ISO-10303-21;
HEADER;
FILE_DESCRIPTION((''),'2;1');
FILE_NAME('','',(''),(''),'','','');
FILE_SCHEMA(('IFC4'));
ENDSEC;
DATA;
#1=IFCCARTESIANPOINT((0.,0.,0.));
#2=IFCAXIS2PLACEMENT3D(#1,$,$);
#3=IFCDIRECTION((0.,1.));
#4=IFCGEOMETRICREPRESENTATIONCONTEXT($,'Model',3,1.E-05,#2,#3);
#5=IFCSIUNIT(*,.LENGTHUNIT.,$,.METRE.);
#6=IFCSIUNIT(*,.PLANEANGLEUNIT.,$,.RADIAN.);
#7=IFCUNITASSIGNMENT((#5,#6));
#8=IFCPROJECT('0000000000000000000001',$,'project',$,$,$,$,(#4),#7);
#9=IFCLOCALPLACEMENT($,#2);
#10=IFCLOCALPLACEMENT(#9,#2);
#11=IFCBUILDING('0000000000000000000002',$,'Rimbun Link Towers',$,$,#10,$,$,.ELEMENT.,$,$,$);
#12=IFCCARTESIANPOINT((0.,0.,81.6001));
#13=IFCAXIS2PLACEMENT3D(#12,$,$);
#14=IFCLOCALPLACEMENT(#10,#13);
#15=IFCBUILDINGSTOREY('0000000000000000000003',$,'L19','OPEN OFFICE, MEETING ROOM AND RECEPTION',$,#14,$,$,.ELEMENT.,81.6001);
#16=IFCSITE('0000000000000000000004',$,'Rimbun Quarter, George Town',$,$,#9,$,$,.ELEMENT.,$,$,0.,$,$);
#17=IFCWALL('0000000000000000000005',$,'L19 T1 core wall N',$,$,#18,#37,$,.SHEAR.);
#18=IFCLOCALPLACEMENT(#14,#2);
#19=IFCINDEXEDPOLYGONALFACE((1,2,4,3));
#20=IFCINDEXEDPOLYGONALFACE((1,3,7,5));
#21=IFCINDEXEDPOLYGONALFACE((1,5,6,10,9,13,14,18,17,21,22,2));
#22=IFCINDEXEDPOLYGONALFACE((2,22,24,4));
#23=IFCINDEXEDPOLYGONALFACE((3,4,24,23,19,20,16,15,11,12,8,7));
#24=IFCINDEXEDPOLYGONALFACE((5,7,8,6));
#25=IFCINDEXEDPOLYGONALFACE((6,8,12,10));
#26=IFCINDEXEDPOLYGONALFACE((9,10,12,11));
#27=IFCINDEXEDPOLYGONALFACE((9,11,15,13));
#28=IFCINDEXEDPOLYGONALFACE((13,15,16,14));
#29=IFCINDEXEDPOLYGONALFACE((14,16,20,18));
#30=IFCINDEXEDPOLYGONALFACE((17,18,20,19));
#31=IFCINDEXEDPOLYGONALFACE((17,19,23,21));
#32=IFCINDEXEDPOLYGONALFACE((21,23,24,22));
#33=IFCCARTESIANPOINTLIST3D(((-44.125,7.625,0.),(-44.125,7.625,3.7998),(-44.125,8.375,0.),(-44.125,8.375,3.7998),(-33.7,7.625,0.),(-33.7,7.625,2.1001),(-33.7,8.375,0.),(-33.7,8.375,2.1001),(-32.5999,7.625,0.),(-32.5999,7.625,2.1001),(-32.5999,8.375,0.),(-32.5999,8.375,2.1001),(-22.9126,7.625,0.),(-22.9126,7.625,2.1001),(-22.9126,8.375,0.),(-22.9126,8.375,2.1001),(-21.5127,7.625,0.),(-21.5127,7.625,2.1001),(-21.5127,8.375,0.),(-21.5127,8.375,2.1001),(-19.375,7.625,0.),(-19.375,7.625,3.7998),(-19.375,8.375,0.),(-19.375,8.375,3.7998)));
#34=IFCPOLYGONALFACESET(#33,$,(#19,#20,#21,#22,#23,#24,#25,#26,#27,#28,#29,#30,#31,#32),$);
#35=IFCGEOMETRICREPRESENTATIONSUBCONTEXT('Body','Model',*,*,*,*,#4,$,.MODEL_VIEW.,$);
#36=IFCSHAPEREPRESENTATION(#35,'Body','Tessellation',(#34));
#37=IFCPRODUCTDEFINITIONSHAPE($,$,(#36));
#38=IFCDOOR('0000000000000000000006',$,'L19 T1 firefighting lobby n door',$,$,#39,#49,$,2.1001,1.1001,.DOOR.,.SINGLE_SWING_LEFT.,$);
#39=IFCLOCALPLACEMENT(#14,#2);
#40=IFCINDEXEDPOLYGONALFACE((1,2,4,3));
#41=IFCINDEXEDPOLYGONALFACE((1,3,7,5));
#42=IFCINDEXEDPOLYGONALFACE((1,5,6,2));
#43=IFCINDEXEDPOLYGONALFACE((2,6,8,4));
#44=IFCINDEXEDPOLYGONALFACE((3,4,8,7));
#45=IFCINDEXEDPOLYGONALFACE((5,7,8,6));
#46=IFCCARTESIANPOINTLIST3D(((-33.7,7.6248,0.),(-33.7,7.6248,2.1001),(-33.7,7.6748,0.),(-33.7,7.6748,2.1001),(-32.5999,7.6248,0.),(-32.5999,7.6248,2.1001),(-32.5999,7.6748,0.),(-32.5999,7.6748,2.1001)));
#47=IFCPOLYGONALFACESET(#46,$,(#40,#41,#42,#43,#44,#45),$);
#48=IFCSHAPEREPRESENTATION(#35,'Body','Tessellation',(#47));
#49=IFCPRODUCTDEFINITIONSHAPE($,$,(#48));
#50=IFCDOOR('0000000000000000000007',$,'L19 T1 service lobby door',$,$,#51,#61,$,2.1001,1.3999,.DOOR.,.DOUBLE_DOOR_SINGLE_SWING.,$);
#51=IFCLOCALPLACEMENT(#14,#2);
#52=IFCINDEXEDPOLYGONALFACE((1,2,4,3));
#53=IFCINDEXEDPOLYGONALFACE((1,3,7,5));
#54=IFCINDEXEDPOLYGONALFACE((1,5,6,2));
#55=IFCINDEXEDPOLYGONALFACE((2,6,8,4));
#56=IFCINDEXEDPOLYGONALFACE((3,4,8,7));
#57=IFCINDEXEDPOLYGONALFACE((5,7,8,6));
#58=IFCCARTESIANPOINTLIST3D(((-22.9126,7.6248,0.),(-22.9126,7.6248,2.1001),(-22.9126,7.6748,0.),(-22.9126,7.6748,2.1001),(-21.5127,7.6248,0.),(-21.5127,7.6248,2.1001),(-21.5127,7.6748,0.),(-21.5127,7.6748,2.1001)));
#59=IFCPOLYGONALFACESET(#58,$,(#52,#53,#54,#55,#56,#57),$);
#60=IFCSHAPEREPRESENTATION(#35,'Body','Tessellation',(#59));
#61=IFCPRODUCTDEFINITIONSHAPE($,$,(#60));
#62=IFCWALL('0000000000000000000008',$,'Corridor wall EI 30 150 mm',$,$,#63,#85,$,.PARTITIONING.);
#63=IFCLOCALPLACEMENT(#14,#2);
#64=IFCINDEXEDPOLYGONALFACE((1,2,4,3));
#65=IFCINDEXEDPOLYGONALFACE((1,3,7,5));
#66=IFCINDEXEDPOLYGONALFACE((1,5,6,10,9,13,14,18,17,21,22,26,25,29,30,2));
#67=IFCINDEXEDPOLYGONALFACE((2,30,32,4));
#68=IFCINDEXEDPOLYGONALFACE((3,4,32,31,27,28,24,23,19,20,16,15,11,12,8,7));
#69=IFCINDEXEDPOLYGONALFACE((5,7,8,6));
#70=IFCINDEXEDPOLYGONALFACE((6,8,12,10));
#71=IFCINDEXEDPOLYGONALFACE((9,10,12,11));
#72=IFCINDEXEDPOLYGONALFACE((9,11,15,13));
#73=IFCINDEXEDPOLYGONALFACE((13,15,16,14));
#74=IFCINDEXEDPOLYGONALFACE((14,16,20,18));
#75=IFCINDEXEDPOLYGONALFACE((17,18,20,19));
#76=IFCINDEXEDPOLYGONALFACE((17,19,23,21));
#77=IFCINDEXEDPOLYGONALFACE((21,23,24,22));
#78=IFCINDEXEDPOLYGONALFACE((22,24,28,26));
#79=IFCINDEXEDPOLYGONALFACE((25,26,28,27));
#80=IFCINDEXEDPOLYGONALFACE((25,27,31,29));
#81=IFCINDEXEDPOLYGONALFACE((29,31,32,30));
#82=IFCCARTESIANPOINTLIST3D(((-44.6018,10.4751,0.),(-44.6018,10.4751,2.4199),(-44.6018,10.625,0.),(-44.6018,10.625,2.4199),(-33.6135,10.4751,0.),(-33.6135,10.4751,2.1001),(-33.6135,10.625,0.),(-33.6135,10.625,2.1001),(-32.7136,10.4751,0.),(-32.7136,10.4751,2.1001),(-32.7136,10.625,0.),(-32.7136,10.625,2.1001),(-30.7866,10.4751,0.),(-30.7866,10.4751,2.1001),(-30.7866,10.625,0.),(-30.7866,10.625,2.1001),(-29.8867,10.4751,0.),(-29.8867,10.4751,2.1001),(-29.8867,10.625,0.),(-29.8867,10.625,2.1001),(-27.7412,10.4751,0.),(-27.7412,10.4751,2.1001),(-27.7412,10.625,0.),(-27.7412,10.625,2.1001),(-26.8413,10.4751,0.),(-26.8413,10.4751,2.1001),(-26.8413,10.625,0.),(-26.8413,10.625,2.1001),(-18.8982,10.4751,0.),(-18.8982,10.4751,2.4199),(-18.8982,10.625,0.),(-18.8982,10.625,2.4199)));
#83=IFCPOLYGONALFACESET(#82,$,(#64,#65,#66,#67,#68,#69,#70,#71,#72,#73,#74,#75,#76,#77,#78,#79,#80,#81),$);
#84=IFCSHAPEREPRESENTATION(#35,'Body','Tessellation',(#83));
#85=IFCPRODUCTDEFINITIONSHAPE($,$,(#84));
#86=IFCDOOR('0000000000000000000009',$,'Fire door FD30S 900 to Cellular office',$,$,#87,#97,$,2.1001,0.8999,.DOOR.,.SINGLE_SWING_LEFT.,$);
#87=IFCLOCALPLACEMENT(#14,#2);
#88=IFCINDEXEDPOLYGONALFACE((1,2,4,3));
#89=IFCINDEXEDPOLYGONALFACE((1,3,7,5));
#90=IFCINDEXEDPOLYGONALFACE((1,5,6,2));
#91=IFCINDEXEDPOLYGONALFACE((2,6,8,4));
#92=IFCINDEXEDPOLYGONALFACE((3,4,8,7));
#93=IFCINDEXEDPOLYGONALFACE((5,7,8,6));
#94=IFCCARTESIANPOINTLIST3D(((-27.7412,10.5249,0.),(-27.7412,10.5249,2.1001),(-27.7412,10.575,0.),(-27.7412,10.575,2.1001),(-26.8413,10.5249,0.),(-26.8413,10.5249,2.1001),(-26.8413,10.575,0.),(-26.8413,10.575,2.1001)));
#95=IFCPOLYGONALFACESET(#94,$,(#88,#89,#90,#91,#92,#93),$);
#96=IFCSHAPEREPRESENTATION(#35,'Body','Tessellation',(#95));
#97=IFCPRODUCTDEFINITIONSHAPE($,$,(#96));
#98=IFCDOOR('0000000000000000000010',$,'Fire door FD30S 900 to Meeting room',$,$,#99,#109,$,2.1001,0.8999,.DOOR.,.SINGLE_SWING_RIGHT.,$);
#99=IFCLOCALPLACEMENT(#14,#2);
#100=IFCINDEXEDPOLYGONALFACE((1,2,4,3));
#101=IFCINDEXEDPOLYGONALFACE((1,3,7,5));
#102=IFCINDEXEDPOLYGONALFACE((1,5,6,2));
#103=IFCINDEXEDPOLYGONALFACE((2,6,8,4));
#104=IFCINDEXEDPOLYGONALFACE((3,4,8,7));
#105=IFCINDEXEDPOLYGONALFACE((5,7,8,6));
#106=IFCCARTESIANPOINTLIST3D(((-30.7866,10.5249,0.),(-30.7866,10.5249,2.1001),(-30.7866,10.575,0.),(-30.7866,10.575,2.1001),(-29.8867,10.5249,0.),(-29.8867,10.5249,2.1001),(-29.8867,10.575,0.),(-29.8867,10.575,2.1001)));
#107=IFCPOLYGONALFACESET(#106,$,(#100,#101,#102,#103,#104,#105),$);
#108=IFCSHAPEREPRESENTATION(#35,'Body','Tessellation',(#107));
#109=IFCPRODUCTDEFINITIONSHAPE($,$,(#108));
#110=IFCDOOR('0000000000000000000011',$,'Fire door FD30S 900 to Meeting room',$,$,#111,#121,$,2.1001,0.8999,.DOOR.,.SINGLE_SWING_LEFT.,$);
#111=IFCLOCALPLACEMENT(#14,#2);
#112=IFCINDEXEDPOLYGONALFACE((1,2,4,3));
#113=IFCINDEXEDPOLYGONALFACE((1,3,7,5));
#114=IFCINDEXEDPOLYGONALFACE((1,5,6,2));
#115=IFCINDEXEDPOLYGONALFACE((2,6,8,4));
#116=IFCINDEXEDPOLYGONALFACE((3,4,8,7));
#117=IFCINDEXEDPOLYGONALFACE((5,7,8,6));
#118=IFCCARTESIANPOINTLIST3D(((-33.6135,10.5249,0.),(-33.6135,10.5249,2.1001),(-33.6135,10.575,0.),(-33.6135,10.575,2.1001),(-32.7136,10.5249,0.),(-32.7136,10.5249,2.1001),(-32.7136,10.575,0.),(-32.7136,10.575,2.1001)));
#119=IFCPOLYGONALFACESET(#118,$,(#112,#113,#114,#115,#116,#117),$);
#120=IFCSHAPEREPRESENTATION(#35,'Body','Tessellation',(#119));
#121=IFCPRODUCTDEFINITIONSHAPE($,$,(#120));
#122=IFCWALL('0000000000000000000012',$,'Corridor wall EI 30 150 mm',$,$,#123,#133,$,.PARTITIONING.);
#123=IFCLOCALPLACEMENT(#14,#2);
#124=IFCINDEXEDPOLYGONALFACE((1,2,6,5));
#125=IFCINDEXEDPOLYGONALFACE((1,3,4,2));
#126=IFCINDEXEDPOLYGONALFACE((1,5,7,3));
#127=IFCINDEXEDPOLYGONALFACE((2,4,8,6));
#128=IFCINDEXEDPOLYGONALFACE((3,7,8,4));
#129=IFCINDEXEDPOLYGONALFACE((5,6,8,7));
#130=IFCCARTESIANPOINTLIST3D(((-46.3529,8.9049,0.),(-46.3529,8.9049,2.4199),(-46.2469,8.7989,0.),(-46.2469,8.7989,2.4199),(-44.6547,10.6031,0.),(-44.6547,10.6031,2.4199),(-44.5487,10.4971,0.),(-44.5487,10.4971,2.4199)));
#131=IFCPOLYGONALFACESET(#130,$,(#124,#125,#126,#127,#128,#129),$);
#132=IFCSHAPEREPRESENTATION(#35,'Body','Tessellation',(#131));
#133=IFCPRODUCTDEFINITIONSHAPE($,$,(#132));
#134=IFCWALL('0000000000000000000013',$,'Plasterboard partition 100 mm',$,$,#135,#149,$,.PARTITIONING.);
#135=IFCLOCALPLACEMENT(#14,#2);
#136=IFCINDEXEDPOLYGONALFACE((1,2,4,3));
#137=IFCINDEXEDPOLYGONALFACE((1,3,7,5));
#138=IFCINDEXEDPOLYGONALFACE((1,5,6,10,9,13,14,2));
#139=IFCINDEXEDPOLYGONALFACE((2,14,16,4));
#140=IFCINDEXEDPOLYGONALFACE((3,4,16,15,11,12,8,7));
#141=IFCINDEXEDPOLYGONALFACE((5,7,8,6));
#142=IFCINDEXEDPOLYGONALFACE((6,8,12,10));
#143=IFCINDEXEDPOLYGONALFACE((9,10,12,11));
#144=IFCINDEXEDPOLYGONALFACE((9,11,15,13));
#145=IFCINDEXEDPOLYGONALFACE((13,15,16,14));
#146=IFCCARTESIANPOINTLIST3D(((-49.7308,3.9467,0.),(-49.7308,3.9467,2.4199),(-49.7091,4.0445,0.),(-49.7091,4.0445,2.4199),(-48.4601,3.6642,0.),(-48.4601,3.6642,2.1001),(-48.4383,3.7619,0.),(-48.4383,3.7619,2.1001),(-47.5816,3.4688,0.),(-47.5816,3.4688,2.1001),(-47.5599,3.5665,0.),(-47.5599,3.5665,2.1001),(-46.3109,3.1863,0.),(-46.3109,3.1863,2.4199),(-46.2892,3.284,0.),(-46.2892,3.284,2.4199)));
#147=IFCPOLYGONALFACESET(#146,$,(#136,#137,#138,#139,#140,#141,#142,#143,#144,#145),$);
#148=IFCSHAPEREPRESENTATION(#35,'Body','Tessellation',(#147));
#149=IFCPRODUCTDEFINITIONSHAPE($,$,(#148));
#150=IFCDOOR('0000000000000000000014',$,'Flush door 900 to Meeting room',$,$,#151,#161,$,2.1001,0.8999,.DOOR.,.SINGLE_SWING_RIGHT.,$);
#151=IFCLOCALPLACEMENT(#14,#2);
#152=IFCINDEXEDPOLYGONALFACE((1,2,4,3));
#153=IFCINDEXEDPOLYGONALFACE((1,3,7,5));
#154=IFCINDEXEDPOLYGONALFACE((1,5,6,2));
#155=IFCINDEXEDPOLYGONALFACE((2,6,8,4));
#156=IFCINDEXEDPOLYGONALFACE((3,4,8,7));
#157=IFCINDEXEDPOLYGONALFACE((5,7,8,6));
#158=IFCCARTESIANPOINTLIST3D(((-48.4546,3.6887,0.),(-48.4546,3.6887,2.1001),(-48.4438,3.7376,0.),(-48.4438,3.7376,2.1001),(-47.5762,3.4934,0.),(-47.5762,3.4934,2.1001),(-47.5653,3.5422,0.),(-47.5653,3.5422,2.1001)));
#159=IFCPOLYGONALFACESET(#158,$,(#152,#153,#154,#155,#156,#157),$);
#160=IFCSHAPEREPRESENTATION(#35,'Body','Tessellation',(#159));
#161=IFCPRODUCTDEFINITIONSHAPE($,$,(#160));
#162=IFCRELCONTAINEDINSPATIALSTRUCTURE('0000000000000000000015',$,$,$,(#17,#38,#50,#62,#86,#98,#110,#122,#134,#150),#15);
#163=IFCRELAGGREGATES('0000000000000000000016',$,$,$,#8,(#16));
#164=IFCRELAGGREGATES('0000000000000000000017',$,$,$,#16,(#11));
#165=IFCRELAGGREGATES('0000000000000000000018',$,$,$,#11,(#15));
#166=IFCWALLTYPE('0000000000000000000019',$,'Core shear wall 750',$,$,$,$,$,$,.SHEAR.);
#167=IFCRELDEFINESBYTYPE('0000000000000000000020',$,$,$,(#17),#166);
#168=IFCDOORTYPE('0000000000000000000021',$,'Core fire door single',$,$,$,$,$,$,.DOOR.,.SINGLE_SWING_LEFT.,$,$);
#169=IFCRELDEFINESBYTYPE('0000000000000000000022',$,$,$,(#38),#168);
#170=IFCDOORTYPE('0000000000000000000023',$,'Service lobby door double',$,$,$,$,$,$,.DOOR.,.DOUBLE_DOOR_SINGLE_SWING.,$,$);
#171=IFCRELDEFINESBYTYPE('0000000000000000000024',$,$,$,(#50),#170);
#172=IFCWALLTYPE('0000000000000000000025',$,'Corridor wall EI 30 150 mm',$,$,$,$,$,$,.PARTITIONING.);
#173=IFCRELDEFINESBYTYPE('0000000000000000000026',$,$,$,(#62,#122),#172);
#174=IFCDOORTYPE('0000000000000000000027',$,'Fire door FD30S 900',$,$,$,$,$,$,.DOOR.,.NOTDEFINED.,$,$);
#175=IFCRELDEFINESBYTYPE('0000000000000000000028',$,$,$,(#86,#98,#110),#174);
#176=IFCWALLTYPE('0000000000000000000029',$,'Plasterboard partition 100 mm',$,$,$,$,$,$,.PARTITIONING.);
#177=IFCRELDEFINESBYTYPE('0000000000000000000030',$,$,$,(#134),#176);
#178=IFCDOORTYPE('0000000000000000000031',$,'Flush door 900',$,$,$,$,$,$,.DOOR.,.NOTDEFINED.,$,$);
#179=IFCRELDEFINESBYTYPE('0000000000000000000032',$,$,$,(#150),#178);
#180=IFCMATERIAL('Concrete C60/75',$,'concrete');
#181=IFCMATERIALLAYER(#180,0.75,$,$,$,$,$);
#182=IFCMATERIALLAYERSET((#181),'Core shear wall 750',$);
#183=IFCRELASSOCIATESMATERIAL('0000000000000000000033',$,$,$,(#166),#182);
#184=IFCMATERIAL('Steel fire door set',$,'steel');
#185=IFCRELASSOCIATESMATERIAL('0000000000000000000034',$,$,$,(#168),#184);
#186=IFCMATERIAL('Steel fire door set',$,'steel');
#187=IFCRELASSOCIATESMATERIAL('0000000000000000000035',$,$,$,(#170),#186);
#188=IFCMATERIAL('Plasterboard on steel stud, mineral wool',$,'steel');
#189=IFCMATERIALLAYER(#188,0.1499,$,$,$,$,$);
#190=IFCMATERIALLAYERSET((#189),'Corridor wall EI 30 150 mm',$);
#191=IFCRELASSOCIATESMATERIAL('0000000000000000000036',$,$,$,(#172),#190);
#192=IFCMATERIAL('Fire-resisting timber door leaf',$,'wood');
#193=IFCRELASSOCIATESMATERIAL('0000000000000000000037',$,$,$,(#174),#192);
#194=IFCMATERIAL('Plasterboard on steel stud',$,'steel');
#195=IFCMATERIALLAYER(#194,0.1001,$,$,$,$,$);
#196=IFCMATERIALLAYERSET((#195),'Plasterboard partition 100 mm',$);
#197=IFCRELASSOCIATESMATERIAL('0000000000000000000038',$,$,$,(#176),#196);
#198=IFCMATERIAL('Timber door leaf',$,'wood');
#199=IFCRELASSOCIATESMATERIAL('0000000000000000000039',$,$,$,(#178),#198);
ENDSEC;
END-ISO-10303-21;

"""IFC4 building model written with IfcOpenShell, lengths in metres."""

from ifc_helpers import new_model, si_unit, direction, frame, frame_2d, origin, place, context, subcontext, project, spatial, rectangle, extrude, material, layer, layer_set, type_object, element, fill, save


model = new_model("IFC4")

# Units and contexts
model_context = context("Model", 3, precision=1e-05, world=origin(), true_north=direction((0.0, 1.0)))
body_context = subcontext(model_context, "Body", "Model", "MODEL_VIEW")
ifc_project = project(units=[si_unit("LENGTHUNIT", "METRE"), si_unit("PLANEANGLEUNIT", "RADIAN")], contexts=[model_context])

# Site, building, storey
site_placement = place(None, origin())
site = spatial("IfcSite", under=ifc_project, at=site_placement, Name="Rimbun Quarter, George Town", CompositionType="ELEMENT", RefElevation=0.0)
building_placement = place(site_placement, origin())
building = spatial("IfcBuilding", under=site, at=building_placement, Name="Rimbun Link Towers", CompositionType="ELEMENT")
storey_placement = place(building_placement, frame((0.0, 0.0, 81.6001)))
storey = spatial("IfcBuildingStorey", under=building, at=storey_placement, Name="L19", Description="OPEN OFFICE, MEETING ROOM AND RECEPTION", CompositionType="ELEMENT", Elevation=81.6001)

# Walls, openings, doors
ifc_material_1 = material(Name="Concrete C60/75", Category="concrete")
ifc_layer_1 = layer(ifc_material_1, 0.75)
ifc_layer_set_1 = layer_set([ifc_layer_1], Name="Core shear wall 750")
wall_type_1 = type_object("IfcWallType", Name="Core shear wall 750", PredefinedType="SHEAR", material=ifc_layer_set_1)
wall_1_placement = place(storey_placement, frame((-44.125, 8.0, 0.0), z_axis=(0.0, 0.0, 1.0), x_axis=(1.0, 0.0, 0.0)))
wall_1 = element("IfcWall", 1, at=wall_1_placement, inside=storey, type_object=wall_type_1, Name="L19 T1 core wall N", PredefinedType="SHEAR", context=body_context, shape_type="SweptSolid", body=[
    extrude(rectangle(XDim=24.75, YDim=0.75, at=frame_2d((12.375, 0.0))), origin(), (0.0, 0.0, 1.0), 3.7998),
])
opening_1_placement = place(wall_1_placement, frame((10.425, 0.0, 0.0)))
opening_1 = element("IfcOpeningElement", 2, at=opening_1_placement, cuts=wall_1, PredefinedType="OPENING", context=body_context, shape_type="SweptSolid", body=[
    extrude(rectangle(XDim=1.1001, YDim=2.1001, at=frame_2d((0.55, 1.05))), frame((0.0, 0.385, 0.0), z_axis=(0.0, -1.0, 0.0), x_axis=(1.0, 0.0, 0.0)), (0.0, 0.0, 1.0), 0.77),
])
opening_2_placement = place(wall_1_placement, frame((21.2124, 0.0, 0.0)))
opening_2 = element("IfcOpeningElement", 3, at=opening_2_placement, cuts=wall_1, PredefinedType="OPENING", context=body_context, shape_type="SweptSolid", body=[
    extrude(rectangle(XDim=1.3999, YDim=2.1001, at=frame_2d((0.7, 1.05))), frame((0.0, 0.385, 0.0), z_axis=(0.0, -1.0, 0.0), x_axis=(1.0, 0.0, 0.0)), (0.0, 0.0, 1.0), 0.77),
])
ifc_material_2 = material(Name="Steel fire door set", Category="steel")
door_type_1 = type_object("IfcDoorType", Name="Core fire door single", OperationType="SINGLE_SWING_LEFT", PredefinedType="DOOR", material=ifc_material_2)
door_1_placement = place(opening_1_placement, origin())
door_1 = element("IfcDoor", 4, at=door_1_placement, inside=storey, type_object=door_type_1, Name="L19 T1 firefighting lobby n door", OperationType="SINGLE_SWING_LEFT", OverallHeight=2.1001, OverallWidth=1.1001, PredefinedType="DOOR", context=body_context, shape_type="SweptSolid", body=[
    extrude(rectangle(XDim=1.1001, YDim=2.1001, at=frame_2d((0.55, 1.05))), frame((0.0, -0.3252, 0.0), z_axis=(0.0, -1.0, 0.0), x_axis=(1.0, 0.0, 0.0)), (0.0, 0.0, 1.0), 0.05),
])
fill(opening_1, door_1)
ifc_material_3 = material(Name="Steel fire door set", Category="steel")
door_type_2 = type_object("IfcDoorType", Name="Service lobby door double", OperationType="DOUBLE_DOOR_SINGLE_SWING", PredefinedType="DOOR", material=ifc_material_3)
door_2_placement = place(opening_2_placement, origin())
door_2 = element("IfcDoor", 5, at=door_2_placement, inside=storey, type_object=door_type_2, Name="L19 T1 service lobby door", OperationType="DOUBLE_DOOR_SINGLE_SWING", OverallHeight=2.1001, OverallWidth=1.3999, PredefinedType="DOOR", context=body_context, shape_type="SweptSolid", body=[
    extrude(rectangle(XDim=1.3999, YDim=2.1001, at=frame_2d((0.7, 1.05))), frame((0.0, -0.3252, 0.0), z_axis=(0.0, -1.0, 0.0), x_axis=(1.0, 0.0, 0.0)), (0.0, 0.0, 1.0), 0.05),
])
fill(opening_2, door_2)
ifc_material_4 = material(Name="Plasterboard on steel stud, mineral wool", Category="steel")
ifc_layer_2 = layer(ifc_material_4, 0.1499)
ifc_layer_set_2 = layer_set([ifc_layer_2], Name="Corridor wall EI 30 150 mm")
wall_type_2 = type_object("IfcWallType", Name="Corridor wall EI 30 150 mm", PredefinedType="PARTITIONING", material=ifc_layer_set_2)
wall_2_placement = place(storey_placement, frame((-44.6018, 10.55, 0.0), z_axis=(0.0, 0.0, 1.0), x_axis=(1.0, 0.0, 0.0)))
wall_2 = element("IfcWall", 6, at=wall_2_placement, inside=storey, type_object=wall_type_2, Name="Corridor wall EI 30 150 mm", PredefinedType="PARTITIONING", context=body_context, shape_type="SweptSolid", body=[
    extrude(rectangle(XDim=25.7036, YDim=0.1499, at=frame_2d((12.8518, 0.0))), origin(), (0.0, 0.0, 1.0), 2.4199),
])
opening_3_placement = place(wall_2_placement, frame((16.8606, 0.0, 0.0)))
opening_3 = element("IfcOpeningElement", 7, at=opening_3_placement, cuts=wall_2, PredefinedType="OPENING", context=body_context, shape_type="SweptSolid", body=[
    extrude(rectangle(XDim=0.8999, YDim=2.1001, at=frame_2d((0.45, 1.05))), frame((0.0, 0.085, 0.0), z_axis=(0.0, -1.0, 0.0), x_axis=(1.0, 0.0, 0.0)), (0.0, 0.0, 1.0), 0.1699),
])
opening_4_placement = place(wall_2_placement, frame((13.8152, 0.0, 0.0)))
opening_4 = element("IfcOpeningElement", 8, at=opening_4_placement, cuts=wall_2, PredefinedType="OPENING", context=body_context, shape_type="SweptSolid", body=[
    extrude(rectangle(XDim=0.8999, YDim=2.1001, at=frame_2d((0.45, 1.05))), frame((0.0, 0.085, 0.0), z_axis=(0.0, -1.0, 0.0), x_axis=(1.0, 0.0, 0.0)), (0.0, 0.0, 1.0), 0.1699),
])
opening_5_placement = place(wall_2_placement, frame((10.9883, 0.0, 0.0)))
opening_5 = element("IfcOpeningElement", 9, at=opening_5_placement, cuts=wall_2, PredefinedType="OPENING", context=body_context, shape_type="SweptSolid", body=[
    extrude(rectangle(XDim=0.8999, YDim=2.1001, at=frame_2d((0.45, 1.05))), frame((0.0, 0.085, 0.0), z_axis=(0.0, -1.0, 0.0), x_axis=(1.0, 0.0, 0.0)), (0.0, 0.0, 1.0), 0.1699),
])
ifc_material_5 = material(Name="Fire-resisting timber door leaf", Category="wood")
door_type_3 = type_object("IfcDoorType", Name="Fire door FD30S 900", OperationType="NOTDEFINED", PredefinedType="DOOR", material=ifc_material_5)
door_3_placement = place(opening_3_placement, origin())
door_3 = element("IfcDoor", 10, at=door_3_placement, inside=storey, type_object=door_type_3, Name="Fire door FD30S 900 to Cellular office", OperationType="SINGLE_SWING_LEFT", OverallHeight=2.1001, OverallWidth=0.8999, PredefinedType="DOOR", context=body_context, shape_type="SweptSolid", body=[
    extrude(rectangle(XDim=0.8999, YDim=2.1001, at=frame_2d((0.45, 1.05))), frame((0.0, 0.0249, 0.0), z_axis=(0.0, -1.0, 0.0), x_axis=(1.0, 0.0, 0.0)), (0.0, 0.0, 1.0), 0.05),
])
fill(opening_3, door_3)
door_4_placement = place(opening_4_placement, origin())
door_4 = element("IfcDoor", 11, at=door_4_placement, inside=storey, type_object=door_type_3, Name="Fire door FD30S 900 to Meeting room", OperationType="SINGLE_SWING_RIGHT", OverallHeight=2.1001, OverallWidth=0.8999, PredefinedType="DOOR", context=body_context, shape_type="SweptSolid", body=[
    extrude(rectangle(XDim=0.8999, YDim=2.1001, at=frame_2d((0.45, 1.05))), frame((0.0, 0.0249, 0.0), z_axis=(0.0, -1.0, 0.0), x_axis=(1.0, 0.0, 0.0)), (0.0, 0.0, 1.0), 0.05),
])
fill(opening_4, door_4)
door_5_placement = place(opening_5_placement, origin())
door_5 = element("IfcDoor", 12, at=door_5_placement, inside=storey, type_object=door_type_3, Name="Fire door FD30S 900 to Meeting room", OperationType="SINGLE_SWING_LEFT", OverallHeight=2.1001, OverallWidth=0.8999, PredefinedType="DOOR", context=body_context, shape_type="SweptSolid", body=[
    extrude(rectangle(XDim=0.8999, YDim=2.1001, at=frame_2d((0.45, 1.05))), frame((0.0, 0.0249, 0.0), z_axis=(0.0, -1.0, 0.0), x_axis=(1.0, 0.0, 0.0)), (0.0, 0.0, 1.0), 0.05),
])
fill(opening_5, door_5)

# Wall
wall_3_placement = place(storey_placement, frame((-44.6018, 10.55, 0.0), z_axis=(0.0, 0.0, 1.0), x_axis=(-0.707107, -0.707107, 0.0)))
element("IfcWall", 13, at=wall_3_placement, inside=storey, type_object=wall_type_2, Name="Corridor wall EI 30 150 mm", PredefinedType="PARTITIONING", context=body_context, shape_type="SweptSolid", body=[
    extrude(rectangle(XDim=2.4016, YDim=0.1499, at=frame_2d((1.2007, 0.0))), origin(), (0.0, 0.0, 1.0), 2.4199),
])

# Wall, opening, door
ifc_material_6 = material(Name="Plasterboard on steel stud", Category="steel")
ifc_layer_3 = layer(ifc_material_6, 0.1001)
ifc_layer_set_3 = layer_set([ifc_layer_3], Name="Plasterboard partition 100 mm")
wall_type_3 = type_object("IfcWallType", Name="Plasterboard partition 100 mm", PredefinedType="PARTITIONING", material=ifc_layer_set_3)
wall_4_placement = place(storey_placement, frame((-46.3, 3.2351, 0.0), z_axis=(0.0, 0.0, 1.0), x_axis=(-0.976156, 0.217071, 0.0)))
wall_4 = element("IfcWall", 14, at=wall_4_placement, inside=storey, type_object=wall_type_3, Name="Plasterboard partition 100 mm", PredefinedType="PARTITIONING", context=body_context, shape_type="SweptSolid", body=[
    extrude(rectangle(XDim=3.5034, YDim=0.1001, at=frame_2d((1.7517, 0.0))), origin(), (0.0, 0.0, 1.0), 2.4199),
])
opening_6_placement = place(wall_4_placement, frame((1.3018, 0.0, 0.0)))
opening_6 = element("IfcOpeningElement", 15, at=opening_6_placement, cuts=wall_4, PredefinedType="OPENING", context=body_context, shape_type="SweptSolid", body=[
    extrude(rectangle(XDim=0.8999, YDim=2.1001, at=frame_2d((0.45, 1.05))), frame((0.0, 0.0601, 0.0), z_axis=(0.0, -1.0, 0.0), x_axis=(1.0, 0.0, 0.0)), (0.0, 0.0, 1.0), 0.1201),
])
ifc_material_7 = material(Name="Timber door leaf", Category="wood")
door_type_4 = type_object("IfcDoorType", Name="Flush door 900", OperationType="NOTDEFINED", PredefinedType="DOOR", material=ifc_material_7)
door_6_placement = place(opening_6_placement, origin())
door_6 = element("IfcDoor", 16, at=door_6_placement, inside=storey, type_object=door_type_4, Name="Flush door 900 to Meeting room", OperationType="SINGLE_SWING_RIGHT", OverallHeight=2.1001, OverallWidth=0.8999, PredefinedType="DOOR", context=body_context, shape_type="SweptSolid", body=[
    extrude(rectangle(XDim=0.8999, YDim=2.1001, at=frame_2d((0.45, 1.05))), frame((0.0, 0.0249, 0.0), z_axis=(0.0, -1.0, 0.0), x_axis=(1.0, 0.0, 0.0)), (0.0, 0.0, 1.0), 0.05),
])
fill(opening_6, door_6)

save(model, "model.ifc")
